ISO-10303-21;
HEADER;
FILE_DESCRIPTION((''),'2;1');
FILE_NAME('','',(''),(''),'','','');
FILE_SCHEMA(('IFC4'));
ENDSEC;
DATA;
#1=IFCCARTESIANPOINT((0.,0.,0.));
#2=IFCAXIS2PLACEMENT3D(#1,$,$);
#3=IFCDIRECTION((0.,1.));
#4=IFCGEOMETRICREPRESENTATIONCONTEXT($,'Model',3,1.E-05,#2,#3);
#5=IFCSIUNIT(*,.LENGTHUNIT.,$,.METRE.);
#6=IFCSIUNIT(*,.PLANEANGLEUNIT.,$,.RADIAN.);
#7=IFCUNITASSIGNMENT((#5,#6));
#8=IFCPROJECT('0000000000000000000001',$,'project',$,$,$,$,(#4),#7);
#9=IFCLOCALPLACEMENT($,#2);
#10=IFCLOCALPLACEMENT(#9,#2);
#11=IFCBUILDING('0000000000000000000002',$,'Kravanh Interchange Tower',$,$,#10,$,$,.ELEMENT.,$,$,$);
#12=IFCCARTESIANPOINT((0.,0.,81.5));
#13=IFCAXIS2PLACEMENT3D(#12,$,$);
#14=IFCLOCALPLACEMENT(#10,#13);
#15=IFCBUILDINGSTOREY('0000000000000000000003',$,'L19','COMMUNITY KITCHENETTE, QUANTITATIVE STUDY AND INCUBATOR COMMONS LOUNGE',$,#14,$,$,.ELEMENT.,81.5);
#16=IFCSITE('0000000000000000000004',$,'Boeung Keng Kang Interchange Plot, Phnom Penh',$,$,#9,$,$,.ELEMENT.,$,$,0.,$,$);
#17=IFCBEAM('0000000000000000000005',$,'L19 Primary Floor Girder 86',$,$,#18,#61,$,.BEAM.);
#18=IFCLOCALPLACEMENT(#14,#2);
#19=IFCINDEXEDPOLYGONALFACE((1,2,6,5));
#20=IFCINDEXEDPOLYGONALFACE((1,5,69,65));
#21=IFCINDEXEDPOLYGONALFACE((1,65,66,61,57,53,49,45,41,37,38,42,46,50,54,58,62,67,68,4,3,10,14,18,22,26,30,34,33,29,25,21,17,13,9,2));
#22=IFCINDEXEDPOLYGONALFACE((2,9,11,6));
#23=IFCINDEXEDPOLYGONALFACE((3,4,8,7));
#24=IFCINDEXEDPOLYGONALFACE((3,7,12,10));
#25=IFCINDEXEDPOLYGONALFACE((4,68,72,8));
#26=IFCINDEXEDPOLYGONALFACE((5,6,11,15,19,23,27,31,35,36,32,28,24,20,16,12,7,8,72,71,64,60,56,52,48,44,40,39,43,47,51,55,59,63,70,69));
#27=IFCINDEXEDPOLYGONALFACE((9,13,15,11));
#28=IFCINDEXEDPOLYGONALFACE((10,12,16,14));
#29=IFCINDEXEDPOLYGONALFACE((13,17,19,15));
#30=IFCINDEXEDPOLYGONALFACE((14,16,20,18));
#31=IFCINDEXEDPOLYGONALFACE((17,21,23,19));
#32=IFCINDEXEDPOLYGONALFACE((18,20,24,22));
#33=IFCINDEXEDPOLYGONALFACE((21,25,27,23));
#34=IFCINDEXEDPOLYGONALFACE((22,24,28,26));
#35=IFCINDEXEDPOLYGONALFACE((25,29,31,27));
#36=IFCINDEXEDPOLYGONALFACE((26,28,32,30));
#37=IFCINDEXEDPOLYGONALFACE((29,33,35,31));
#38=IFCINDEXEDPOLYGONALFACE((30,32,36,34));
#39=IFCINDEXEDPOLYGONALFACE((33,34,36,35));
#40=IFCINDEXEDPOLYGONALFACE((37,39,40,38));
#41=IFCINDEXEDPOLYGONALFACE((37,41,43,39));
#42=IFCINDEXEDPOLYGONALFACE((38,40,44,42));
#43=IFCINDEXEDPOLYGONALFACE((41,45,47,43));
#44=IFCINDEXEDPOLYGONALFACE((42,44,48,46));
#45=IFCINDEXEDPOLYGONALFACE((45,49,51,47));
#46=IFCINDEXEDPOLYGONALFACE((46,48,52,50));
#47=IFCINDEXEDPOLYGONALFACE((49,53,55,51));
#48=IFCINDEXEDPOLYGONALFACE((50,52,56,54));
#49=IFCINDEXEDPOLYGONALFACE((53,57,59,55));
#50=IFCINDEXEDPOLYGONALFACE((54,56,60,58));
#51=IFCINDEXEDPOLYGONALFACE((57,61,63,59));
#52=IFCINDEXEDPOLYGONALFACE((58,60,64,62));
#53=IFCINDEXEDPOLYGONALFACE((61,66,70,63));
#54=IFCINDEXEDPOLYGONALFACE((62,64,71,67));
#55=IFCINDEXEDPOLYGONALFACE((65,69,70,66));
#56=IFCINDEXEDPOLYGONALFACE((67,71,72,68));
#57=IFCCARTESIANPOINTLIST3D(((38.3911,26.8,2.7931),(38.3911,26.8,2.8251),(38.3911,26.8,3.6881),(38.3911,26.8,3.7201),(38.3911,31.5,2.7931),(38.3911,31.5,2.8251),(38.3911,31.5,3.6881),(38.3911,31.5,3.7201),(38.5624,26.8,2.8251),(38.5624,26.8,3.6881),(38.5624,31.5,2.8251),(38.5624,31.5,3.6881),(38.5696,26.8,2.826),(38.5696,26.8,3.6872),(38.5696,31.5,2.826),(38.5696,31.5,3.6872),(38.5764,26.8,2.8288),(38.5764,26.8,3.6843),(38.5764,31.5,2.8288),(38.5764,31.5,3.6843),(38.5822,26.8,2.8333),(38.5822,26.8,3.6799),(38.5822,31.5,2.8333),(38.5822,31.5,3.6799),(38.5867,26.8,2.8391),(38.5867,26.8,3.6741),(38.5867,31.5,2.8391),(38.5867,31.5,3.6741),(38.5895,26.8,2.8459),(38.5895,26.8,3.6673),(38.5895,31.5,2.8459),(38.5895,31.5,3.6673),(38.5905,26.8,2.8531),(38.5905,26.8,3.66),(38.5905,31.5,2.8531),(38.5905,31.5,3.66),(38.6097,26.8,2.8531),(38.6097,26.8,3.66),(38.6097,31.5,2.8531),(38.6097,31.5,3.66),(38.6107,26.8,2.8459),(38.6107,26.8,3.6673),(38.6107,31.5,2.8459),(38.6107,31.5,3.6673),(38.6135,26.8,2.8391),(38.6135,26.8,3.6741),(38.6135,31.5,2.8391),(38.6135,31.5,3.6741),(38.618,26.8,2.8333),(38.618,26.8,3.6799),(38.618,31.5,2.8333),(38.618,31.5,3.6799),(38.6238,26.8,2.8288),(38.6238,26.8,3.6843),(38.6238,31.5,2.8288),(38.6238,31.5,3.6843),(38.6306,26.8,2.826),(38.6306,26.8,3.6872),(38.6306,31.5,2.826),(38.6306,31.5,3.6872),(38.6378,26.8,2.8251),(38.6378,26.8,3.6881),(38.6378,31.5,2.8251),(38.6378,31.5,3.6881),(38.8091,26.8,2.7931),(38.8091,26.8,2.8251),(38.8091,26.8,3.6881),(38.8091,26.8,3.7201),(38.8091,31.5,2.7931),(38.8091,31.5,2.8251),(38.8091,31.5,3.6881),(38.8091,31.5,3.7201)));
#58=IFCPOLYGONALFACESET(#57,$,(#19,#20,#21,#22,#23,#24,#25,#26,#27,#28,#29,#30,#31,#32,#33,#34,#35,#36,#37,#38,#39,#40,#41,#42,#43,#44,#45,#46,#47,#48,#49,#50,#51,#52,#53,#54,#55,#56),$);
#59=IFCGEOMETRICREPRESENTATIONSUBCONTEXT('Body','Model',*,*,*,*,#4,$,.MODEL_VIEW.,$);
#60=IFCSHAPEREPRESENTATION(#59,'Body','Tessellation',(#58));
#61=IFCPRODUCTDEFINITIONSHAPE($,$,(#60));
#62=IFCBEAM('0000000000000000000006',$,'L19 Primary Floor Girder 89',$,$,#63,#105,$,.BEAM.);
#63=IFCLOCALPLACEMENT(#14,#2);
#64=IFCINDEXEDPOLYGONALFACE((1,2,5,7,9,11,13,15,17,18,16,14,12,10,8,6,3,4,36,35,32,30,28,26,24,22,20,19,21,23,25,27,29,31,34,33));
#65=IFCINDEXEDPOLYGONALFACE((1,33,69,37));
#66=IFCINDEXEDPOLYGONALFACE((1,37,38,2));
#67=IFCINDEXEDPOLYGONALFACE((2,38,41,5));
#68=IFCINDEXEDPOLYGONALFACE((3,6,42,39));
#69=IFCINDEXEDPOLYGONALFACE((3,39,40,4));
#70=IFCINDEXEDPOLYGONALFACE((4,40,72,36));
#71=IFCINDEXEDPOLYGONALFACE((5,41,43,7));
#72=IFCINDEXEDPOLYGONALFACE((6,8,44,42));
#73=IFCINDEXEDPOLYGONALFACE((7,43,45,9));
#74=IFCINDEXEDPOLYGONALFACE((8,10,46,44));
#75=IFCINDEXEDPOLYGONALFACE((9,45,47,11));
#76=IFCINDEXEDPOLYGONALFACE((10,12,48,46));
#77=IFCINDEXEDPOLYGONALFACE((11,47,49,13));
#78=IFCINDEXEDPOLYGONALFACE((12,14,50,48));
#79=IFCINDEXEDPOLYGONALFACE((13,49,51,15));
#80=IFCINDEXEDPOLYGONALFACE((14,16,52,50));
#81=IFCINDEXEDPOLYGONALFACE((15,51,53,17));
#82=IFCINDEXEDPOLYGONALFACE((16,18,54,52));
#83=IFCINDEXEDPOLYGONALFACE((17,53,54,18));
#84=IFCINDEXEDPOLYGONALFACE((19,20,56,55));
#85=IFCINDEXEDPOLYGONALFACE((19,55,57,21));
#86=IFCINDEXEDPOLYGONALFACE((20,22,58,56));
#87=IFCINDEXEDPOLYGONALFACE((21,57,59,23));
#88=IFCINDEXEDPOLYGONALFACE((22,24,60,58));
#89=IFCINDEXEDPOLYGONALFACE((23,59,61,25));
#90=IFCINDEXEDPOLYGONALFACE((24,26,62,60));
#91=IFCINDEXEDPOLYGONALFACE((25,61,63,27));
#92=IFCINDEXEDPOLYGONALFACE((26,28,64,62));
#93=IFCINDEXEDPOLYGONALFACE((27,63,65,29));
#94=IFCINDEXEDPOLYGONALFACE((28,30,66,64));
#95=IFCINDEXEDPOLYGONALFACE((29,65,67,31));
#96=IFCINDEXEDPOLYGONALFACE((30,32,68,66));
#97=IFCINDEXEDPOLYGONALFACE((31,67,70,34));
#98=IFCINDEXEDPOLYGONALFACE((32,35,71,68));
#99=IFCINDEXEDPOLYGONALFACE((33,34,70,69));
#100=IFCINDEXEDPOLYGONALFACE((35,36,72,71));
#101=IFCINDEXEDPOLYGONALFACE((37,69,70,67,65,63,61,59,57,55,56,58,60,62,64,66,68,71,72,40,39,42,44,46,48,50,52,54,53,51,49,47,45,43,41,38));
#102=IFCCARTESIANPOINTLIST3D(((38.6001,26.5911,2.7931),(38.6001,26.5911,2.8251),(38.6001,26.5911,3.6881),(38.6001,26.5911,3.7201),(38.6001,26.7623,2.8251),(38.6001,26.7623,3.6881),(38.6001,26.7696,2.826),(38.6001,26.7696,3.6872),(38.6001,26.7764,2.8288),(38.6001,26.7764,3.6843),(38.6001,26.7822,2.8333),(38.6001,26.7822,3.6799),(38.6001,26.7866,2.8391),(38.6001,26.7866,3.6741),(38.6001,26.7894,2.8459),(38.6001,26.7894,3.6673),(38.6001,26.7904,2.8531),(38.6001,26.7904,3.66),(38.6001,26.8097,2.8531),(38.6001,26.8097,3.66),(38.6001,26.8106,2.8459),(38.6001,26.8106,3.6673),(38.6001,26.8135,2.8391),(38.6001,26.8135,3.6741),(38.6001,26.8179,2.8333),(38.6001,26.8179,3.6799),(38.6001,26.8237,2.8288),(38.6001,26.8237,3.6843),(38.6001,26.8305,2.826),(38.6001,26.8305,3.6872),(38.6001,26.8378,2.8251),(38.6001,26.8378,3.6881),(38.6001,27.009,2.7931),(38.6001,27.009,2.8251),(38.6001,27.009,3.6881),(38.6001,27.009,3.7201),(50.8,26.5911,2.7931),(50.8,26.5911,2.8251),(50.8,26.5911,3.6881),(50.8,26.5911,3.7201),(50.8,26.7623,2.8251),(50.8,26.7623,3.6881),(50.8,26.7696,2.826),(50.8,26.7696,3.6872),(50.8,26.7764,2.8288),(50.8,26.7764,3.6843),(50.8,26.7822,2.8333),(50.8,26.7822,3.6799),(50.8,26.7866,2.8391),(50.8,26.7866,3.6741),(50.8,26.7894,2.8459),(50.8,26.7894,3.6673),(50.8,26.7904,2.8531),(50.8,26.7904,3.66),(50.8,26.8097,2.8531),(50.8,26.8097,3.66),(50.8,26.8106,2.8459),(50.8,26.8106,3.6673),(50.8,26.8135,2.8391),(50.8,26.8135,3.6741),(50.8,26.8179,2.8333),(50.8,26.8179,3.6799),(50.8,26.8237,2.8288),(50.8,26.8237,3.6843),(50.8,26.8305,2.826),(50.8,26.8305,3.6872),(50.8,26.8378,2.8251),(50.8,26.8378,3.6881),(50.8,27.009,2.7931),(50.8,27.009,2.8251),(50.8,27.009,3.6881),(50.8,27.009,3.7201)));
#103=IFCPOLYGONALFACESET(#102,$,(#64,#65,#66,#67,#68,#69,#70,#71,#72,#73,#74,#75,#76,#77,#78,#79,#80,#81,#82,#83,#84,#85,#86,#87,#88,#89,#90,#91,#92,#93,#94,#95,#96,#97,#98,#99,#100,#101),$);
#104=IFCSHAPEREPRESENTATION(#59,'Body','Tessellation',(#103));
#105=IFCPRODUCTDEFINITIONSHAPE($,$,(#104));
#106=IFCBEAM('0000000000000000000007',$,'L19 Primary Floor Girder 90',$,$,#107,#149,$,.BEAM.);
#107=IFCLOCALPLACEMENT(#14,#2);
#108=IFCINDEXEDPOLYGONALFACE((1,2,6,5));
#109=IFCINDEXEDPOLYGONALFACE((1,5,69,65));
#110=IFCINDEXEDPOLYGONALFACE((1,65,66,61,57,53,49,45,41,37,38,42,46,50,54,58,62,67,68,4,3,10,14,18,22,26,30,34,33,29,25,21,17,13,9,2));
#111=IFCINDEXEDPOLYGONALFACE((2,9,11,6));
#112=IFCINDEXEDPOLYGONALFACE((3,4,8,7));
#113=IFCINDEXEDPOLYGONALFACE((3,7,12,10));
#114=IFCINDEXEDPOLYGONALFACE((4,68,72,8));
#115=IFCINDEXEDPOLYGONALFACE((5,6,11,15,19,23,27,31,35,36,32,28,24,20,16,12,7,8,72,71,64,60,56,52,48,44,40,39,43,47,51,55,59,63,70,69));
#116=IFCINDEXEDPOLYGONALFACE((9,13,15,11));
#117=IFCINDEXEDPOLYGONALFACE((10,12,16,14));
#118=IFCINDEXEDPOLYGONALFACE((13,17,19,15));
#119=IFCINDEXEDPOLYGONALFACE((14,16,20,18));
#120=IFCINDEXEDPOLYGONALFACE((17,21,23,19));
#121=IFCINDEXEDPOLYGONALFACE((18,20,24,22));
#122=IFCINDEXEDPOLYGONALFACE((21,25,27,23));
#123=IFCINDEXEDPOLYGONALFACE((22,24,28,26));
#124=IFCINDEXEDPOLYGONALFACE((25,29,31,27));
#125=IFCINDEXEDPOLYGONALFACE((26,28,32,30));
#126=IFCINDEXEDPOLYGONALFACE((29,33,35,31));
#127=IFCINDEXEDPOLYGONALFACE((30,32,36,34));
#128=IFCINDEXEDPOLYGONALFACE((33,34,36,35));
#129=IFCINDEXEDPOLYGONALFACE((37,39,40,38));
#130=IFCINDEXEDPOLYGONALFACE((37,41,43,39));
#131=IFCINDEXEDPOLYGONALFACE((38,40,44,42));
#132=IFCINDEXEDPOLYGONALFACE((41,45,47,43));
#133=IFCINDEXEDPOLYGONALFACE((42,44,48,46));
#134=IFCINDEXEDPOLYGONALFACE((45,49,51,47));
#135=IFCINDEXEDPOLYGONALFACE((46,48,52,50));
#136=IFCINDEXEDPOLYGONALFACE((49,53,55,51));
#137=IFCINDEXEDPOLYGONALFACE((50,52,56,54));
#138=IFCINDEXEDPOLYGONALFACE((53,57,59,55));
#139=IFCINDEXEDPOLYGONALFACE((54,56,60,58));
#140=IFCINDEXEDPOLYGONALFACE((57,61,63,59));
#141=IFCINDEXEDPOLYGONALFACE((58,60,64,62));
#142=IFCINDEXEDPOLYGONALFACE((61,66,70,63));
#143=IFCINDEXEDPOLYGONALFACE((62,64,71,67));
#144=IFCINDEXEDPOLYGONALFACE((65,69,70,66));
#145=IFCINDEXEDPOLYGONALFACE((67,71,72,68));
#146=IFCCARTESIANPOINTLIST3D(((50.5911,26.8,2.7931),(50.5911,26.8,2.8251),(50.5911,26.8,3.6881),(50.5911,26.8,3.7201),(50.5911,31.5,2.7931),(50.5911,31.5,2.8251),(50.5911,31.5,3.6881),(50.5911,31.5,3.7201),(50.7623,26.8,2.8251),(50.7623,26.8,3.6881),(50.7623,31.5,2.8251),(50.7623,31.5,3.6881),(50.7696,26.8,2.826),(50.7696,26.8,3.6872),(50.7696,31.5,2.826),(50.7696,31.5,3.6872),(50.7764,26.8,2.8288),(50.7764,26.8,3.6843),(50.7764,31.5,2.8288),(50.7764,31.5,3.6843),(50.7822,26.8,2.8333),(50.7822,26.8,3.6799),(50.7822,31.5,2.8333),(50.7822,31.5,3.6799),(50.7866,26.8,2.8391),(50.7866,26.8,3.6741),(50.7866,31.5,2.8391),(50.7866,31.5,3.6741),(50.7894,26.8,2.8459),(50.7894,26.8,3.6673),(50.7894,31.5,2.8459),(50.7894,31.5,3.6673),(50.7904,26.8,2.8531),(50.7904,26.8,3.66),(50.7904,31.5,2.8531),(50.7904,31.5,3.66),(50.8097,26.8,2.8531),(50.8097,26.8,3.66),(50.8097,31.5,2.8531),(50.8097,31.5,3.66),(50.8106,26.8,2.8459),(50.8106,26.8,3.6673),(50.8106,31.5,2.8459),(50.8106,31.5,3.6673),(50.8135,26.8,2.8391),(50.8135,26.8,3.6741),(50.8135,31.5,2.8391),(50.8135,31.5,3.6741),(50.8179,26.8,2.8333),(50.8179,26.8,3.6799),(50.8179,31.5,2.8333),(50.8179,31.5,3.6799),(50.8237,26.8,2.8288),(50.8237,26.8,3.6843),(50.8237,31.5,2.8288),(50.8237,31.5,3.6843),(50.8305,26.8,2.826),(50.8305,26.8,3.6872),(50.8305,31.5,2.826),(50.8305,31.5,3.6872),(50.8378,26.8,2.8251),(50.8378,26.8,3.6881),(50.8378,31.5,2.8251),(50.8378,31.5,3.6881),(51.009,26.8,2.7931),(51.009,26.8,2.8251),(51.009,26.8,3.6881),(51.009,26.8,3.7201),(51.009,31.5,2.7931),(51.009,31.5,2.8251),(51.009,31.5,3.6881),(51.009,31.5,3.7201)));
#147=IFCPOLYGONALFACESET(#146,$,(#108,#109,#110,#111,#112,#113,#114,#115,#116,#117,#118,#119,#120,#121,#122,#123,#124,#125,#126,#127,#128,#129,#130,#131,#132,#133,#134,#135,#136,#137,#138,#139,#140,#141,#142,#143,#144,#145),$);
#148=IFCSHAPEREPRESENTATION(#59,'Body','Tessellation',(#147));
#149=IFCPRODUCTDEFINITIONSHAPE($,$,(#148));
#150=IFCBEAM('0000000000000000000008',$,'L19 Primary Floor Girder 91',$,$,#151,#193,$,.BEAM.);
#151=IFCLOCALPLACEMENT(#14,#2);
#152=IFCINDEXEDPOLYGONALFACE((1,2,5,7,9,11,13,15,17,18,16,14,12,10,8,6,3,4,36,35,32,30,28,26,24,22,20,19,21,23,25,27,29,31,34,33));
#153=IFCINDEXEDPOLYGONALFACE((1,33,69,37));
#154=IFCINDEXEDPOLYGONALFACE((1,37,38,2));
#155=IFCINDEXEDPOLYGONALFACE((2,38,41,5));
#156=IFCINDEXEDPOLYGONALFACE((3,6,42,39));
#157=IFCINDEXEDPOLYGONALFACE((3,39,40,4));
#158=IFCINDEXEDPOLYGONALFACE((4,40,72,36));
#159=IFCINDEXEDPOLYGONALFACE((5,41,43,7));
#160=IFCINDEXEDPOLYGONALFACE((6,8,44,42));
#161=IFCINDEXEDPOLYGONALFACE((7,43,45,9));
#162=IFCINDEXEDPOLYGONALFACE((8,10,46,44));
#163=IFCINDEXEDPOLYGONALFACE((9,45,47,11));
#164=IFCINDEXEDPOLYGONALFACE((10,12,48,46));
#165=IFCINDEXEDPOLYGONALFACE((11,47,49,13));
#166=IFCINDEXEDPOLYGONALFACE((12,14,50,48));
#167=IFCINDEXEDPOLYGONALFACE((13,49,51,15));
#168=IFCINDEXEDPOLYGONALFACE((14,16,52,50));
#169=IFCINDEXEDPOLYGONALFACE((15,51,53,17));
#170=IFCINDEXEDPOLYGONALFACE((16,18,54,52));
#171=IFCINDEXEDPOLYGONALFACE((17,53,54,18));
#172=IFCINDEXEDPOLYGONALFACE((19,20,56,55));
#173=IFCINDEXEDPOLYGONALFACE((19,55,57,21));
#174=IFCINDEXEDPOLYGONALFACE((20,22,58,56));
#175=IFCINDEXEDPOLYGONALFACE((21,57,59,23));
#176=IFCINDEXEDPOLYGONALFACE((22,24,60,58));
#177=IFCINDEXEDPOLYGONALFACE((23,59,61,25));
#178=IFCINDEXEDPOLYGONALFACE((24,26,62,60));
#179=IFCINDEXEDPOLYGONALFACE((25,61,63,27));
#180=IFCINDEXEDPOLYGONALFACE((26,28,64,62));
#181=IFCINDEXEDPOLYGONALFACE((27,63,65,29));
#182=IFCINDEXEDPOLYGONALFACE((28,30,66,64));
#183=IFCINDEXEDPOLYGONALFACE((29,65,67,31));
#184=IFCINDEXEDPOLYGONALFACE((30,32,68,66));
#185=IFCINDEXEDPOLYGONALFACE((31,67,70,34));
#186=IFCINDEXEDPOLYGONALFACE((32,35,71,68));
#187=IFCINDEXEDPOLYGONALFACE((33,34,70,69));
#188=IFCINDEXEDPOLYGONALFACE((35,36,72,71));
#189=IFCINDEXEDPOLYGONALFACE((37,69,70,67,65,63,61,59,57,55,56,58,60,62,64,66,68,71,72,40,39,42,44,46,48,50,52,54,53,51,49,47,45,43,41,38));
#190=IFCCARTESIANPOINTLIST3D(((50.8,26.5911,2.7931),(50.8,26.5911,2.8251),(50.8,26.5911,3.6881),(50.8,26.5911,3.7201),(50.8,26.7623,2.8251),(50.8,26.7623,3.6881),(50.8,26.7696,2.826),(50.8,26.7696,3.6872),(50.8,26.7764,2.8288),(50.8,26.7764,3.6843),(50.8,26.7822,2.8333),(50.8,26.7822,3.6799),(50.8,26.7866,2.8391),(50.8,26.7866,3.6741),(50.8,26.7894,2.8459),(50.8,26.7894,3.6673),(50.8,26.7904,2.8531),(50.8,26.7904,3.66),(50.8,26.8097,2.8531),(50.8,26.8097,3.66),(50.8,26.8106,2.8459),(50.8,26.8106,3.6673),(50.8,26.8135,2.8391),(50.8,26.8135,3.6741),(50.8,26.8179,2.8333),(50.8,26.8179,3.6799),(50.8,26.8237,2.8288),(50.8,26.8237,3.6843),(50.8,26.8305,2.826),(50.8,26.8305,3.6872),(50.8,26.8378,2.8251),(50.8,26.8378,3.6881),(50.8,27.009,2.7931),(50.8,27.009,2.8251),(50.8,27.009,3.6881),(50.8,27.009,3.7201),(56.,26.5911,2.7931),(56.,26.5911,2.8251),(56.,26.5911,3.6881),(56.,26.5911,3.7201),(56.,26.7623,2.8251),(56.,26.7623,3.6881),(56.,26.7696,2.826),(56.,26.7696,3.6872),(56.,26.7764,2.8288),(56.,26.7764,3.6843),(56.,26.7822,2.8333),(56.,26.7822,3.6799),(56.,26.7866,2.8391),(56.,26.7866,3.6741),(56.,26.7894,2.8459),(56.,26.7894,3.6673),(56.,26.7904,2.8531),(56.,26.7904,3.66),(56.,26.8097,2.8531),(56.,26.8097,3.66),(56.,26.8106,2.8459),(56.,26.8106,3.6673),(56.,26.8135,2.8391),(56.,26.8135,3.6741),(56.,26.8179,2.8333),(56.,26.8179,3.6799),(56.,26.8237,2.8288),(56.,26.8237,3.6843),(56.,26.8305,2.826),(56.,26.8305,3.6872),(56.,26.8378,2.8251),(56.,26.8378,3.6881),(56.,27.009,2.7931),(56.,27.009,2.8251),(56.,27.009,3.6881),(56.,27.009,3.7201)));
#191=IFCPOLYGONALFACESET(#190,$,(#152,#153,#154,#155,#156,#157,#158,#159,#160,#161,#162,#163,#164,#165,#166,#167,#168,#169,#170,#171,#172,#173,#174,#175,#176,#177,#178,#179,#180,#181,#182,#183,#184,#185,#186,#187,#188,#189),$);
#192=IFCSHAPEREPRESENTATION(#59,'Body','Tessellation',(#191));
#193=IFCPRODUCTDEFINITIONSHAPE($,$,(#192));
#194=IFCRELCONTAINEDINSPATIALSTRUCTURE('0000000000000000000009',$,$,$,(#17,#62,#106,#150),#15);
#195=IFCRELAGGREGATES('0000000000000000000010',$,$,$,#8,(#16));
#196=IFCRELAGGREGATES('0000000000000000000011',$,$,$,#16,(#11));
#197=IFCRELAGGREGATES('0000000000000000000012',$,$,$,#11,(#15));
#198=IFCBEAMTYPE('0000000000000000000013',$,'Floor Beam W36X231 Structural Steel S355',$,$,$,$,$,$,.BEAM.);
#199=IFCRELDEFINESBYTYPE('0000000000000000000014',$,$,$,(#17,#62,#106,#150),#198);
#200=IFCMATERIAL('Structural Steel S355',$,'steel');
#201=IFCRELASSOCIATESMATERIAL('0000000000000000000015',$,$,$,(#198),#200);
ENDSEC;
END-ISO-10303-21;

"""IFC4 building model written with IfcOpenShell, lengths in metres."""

from ifc_helpers import new_model, si_unit, direction, frame, origin, origin_2d, place, context, subcontext, project, spatial, i_section, extrude, material, material_profile, profile_set, type_object, element, save


model = new_model("IFC4")

# Units and contexts
model_context = context("Model", 3, precision=1e-05, world=origin(), true_north=direction((0.0, 1.0)))
body_context = subcontext(model_context, "Body", "Model", "MODEL_VIEW")
ifc_project = project(units=[si_unit("LENGTHUNIT", "METRE"), si_unit("PLANEANGLEUNIT", "RADIAN")], contexts=[model_context])

# Site, building, storey
site_placement = place(None, origin())
site = spatial("IfcSite", under=ifc_project, at=site_placement, Name="Boeung Keng Kang Interchange Plot, Phnom Penh", CompositionType="ELEMENT", RefElevation=0.0)
building_placement = place(site_placement, origin())
building = spatial("IfcBuilding", under=site, at=building_placement, Name="Kravanh Interchange Tower", CompositionType="ELEMENT")
storey_placement = place(building_placement, frame((0.0, 0.0, 81.5)))
storey = spatial("IfcBuildingStorey", under=building, at=storey_placement, Name="L19", Description="COMMUNITY KITCHENETTE, QUANTITATIVE STUDY AND INCUBATOR COMMONS LOUNGE", CompositionType="ELEMENT", Elevation=81.5)

# Beams
ifc_material_1 = material(Name="Structural Steel S355", Category="steel")
ifc_material_profile_1 = material_profile(ifc_material_1, i_section(OverallWidth=0.418, OverallDepth=0.927, WebThickness=0.0193, FlangeThickness=0.032, FilletRadius=0.0281, at=origin_2d()), Name="W36X231")
ifc_profile_set_1 = profile_set([ifc_material_profile_1], Name="Structural Steel S355")
beam_type_1 = type_object("IfcBeamType", Name="Floor Beam W36X231 Structural Steel S355", PredefinedType="BEAM", material=ifc_profile_set_1)
beam_1_placement = place(storey_placement, frame((38.6001, 26.8, 3.2566), z_axis=(0.0, 1.0, 0.0), x_axis=(-1.0, 0.0, 0.0)))
element("IfcBeam", 1, at=beam_1_placement, inside=storey, type_object=beam_type_1, Name="L19 Primary Floor Girder 86", PredefinedType="BEAM", context=body_context, shape_type="SweptSolid", body=[
    extrude(i_section(OverallWidth=0.418, OverallDepth=0.927, WebThickness=0.0193, FlangeThickness=0.032, FilletRadius=0.0281, at=origin_2d()), origin(), (0.0, 0.0, 1.0), 4.7),
])
beam_2_placement = place(storey_placement, frame((38.6001, 26.8, 3.2566), z_axis=(1.0, 0.0, 0.0), x_axis=(0.0, 1.0, 0.0)))
element("IfcBeam", 2, at=beam_2_placement, inside=storey, type_object=beam_type_1, Name="L19 Primary Floor Girder 89", PredefinedType="BEAM", context=body_context, shape_type="SweptSolid", body=[
    extrude(i_section(OverallWidth=0.418, OverallDepth=0.927, WebThickness=0.0193, FlangeThickness=0.032, FilletRadius=0.0281, at=origin_2d()), origin(), (0.0, 0.0, 1.0), 12.2),
])
beam_3_placement = place(storey_placement, frame((50.8, 26.8, 3.2566), z_axis=(0.0, 1.0, 0.0), x_axis=(-1.0, 0.0, 0.0)))
element("IfcBeam", 3, at=beam_3_placement, inside=storey, type_object=beam_type_1, Name="L19 Primary Floor Girder 90", PredefinedType="BEAM", context=body_context, shape_type="SweptSolid", body=[
    extrude(i_section(OverallWidth=0.418, OverallDepth=0.927, WebThickness=0.0193, FlangeThickness=0.032, FilletRadius=0.0281, at=origin_2d()), origin(), (0.0, 0.0, 1.0), 4.7),
])
beam_4_placement = place(storey_placement, frame((50.8, 26.8, 3.2566), z_axis=(1.0, 0.0, 0.0), x_axis=(0.0, 1.0, 0.0)))
element("IfcBeam", 4, at=beam_4_placement, inside=storey, type_object=beam_type_1, Name="L19 Primary Floor Girder 91", PredefinedType="BEAM", context=body_context, shape_type="SweptSolid", body=[
    extrude(i_section(OverallWidth=0.418, OverallDepth=0.927, WebThickness=0.0193, FlangeThickness=0.032, FilletRadius=0.0281, at=origin_2d()), origin(), (0.0, 0.0, 1.0), 5.2),
])

save(model, "model.ifc")
